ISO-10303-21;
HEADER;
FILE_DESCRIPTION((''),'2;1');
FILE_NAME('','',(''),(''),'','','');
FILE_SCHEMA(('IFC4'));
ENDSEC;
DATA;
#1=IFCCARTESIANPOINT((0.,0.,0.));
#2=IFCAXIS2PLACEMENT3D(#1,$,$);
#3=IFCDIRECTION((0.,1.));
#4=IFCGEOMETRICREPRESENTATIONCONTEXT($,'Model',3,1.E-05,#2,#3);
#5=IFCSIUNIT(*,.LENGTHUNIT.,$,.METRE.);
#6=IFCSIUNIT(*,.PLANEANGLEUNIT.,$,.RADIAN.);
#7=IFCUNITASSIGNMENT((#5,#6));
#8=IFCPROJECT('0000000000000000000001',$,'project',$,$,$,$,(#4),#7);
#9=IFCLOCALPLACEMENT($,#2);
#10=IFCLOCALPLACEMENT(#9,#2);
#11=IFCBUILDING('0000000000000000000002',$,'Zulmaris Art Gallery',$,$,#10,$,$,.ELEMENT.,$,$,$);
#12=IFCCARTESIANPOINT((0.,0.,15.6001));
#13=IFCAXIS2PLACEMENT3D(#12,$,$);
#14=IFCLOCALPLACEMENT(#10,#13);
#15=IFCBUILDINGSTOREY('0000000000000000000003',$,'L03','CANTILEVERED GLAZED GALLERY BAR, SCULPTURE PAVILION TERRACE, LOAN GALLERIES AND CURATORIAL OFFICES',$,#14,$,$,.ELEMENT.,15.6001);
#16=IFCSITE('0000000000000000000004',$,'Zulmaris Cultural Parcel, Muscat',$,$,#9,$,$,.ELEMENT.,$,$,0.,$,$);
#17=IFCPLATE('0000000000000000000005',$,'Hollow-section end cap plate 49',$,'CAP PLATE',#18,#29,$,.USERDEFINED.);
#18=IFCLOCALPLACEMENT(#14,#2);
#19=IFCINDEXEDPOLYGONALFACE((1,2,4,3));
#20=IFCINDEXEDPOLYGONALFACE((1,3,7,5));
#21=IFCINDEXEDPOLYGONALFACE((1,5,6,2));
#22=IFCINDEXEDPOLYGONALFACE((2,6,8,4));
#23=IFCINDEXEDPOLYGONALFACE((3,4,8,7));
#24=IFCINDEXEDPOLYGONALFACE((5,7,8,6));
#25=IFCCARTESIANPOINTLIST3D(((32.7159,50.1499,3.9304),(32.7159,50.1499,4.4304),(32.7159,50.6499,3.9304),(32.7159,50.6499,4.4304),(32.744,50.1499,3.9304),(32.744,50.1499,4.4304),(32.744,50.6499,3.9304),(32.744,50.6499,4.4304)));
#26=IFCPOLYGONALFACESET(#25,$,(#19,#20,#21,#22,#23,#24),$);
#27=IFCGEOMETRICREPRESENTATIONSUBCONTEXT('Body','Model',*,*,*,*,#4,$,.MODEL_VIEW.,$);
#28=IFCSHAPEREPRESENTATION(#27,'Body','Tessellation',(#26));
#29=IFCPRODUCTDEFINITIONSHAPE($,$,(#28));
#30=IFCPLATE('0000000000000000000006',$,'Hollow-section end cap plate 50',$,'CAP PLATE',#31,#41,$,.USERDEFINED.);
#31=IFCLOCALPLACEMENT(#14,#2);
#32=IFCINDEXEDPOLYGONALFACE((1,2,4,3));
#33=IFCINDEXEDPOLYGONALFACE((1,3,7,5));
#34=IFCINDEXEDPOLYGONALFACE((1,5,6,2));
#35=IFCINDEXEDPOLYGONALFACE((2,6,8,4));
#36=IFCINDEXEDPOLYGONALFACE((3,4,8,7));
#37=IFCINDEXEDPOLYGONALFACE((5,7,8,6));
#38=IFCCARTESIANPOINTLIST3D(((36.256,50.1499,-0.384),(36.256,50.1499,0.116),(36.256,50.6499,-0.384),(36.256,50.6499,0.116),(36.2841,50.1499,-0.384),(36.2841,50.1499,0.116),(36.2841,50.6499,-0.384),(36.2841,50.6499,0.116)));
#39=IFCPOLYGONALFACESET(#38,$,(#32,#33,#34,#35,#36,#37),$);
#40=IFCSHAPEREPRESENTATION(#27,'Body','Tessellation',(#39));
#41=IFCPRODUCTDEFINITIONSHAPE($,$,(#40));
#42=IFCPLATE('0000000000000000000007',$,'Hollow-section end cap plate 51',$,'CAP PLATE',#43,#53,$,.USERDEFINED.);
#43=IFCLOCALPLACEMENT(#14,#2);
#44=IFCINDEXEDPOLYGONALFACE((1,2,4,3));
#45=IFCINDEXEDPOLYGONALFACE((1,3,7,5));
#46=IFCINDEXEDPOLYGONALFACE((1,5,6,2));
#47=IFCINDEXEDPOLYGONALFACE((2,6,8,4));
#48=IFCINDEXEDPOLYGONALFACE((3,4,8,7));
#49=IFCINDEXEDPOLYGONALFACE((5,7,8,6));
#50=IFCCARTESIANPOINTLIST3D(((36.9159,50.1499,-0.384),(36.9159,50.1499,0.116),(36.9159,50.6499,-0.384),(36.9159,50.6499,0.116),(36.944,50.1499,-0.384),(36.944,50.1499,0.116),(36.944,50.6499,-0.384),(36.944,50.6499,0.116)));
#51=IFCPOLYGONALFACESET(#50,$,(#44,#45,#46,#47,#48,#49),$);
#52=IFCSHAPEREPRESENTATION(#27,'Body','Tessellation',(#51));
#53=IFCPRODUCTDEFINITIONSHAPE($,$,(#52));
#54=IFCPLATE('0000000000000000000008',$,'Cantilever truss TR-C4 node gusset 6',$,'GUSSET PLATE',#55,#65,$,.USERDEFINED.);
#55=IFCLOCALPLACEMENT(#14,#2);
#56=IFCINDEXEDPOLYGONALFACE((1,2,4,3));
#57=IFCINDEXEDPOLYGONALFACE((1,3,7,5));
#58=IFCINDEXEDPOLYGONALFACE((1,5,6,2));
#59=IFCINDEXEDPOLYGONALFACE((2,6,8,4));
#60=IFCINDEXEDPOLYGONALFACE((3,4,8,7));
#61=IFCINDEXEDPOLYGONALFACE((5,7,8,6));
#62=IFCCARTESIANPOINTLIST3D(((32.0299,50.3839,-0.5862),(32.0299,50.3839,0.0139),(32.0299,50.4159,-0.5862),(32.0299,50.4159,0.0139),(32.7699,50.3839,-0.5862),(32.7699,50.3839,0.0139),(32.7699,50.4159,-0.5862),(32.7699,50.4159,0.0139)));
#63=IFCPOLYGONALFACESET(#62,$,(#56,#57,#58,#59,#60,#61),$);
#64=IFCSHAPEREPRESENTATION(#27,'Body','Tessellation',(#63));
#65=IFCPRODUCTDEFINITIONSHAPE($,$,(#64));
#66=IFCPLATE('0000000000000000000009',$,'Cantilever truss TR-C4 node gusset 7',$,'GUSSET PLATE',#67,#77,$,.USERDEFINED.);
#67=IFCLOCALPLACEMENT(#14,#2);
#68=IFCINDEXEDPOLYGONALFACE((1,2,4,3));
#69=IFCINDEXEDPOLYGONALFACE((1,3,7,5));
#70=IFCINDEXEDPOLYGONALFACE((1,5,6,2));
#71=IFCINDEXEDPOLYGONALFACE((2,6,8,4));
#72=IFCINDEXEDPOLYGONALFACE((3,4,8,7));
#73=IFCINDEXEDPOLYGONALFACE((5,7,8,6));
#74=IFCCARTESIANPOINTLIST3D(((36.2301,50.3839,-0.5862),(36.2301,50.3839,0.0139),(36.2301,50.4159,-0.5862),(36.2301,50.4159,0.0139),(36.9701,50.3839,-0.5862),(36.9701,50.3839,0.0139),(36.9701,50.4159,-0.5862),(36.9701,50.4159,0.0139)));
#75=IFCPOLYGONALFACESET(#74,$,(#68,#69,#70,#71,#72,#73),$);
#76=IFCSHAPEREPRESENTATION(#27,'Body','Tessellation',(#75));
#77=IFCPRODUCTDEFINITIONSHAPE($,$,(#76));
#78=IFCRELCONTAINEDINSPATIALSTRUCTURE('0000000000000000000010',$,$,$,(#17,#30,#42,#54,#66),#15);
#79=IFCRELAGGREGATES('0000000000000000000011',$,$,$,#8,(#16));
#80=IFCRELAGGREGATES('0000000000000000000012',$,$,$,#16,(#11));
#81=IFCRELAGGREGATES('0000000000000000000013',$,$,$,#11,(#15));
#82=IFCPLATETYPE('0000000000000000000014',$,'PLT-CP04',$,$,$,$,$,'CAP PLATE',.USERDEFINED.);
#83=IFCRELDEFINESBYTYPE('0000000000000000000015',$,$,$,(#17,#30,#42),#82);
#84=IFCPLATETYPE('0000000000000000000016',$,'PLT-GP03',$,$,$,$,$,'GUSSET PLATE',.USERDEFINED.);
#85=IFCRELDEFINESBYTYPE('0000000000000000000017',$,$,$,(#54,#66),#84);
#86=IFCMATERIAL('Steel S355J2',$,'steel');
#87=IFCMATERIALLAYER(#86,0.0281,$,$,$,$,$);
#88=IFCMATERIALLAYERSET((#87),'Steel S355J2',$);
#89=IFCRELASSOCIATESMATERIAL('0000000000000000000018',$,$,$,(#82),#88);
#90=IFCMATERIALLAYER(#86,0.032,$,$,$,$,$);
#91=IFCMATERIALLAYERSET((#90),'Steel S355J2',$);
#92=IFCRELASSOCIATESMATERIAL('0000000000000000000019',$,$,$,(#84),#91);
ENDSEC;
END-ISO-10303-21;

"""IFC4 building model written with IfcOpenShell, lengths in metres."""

from ifc_helpers import new_model, si_unit, direction, frame, origin, origin_2d, place, context, subcontext, project, spatial, rectangle, extrude, material, layer, layer_set, type_object, element, save


model = new_model("IFC4")

# Units and contexts
model_context = context("Model", 3, precision=1e-05, world=origin(), true_north=direction((0.0, 1.0)))
body_context = subcontext(model_context, "Body", "Model", "MODEL_VIEW")
ifc_project = project(units=[si_unit("LENGTHUNIT", "METRE"), si_unit("PLANEANGLEUNIT", "RADIAN")], contexts=[model_context])

# Site, building, storey
site_placement = place(None, origin())
site = spatial("IfcSite", under=ifc_project, at=site_placement, Name="Zulmaris Cultural Parcel, Muscat", CompositionType="ELEMENT", RefElevation=0.0)
building_placement = place(site_placement, origin())
building = spatial("IfcBuilding", under=site, at=building_placement, Name="Zulmaris Art Gallery", CompositionType="ELEMENT")
storey_placement = place(building_placement, frame((0.0, 0.0, 15.6001)))
storey = spatial("IfcBuildingStorey", under=building, at=storey_placement, Name="L03", Description="CANTILEVERED GLAZED GALLERY BAR, SCULPTURE PAVILION TERRACE, LOAN GALLERIES AND CURATORIAL OFFICES", CompositionType="ELEMENT", Elevation=15.6001)

# Shared definitions
ifc_material_1 = material(Name="Steel S355J2", Category="steel")

# Plates
ifc_layer_1 = layer(ifc_material_1, 0.0281)
ifc_layer_set_1 = layer_set([ifc_layer_1], Name="Steel S355J2")
plate_type_1 = type_object("IfcPlateType", Name="PLT-CP04", ElementType="CAP PLATE", PredefinedType="USERDEFINED", material=ifc_layer_set_1)
for number, where, z_axis, x_axis, name in (
    (1, (32.73, 50.3999, 3.9304), (0.0, 0.0, 1.0), (1.0, 0.0, 0.0), "Hollow-section end cap plate 49"),
    (2, (36.27, 50.3999, -0.384), (0.0, 0.0, 1.0), (1.0, 0.0, 0.0), "Hollow-section end cap plate 50"),
    (3, (36.9299, 50.3999, -0.384), (0.0, 0.0, 1.0), (1.0, 0.0, 0.0), "Hollow-section end cap plate 51"),
):
    element("IfcPlate", number, at=place(storey_placement, frame(where, z_axis=z_axis, x_axis=x_axis)), inside=storey, type_object=plate_type_1, Name=name, ObjectType="CAP PLATE", PredefinedType="USERDEFINED", context=body_context, shape_type="SweptSolid", body=[
        extrude(rectangle(XDim=0.0281, YDim=0.5, at=origin_2d()), origin(), (0.0, 0.0, 1.0), 0.5),
    ])
ifc_layer_2 = layer(ifc_material_1, 0.032)
ifc_layer_set_2 = layer_set([ifc_layer_2], Name="Steel S355J2")
plate_type_2 = type_object("IfcPlateType", Name="PLT-GP03", ElementType="GUSSET PLATE", PredefinedType="USERDEFINED", material=ifc_layer_set_2)
for number, where, z_axis, x_axis, name in (
    (4, (32.3999, 50.3999, -0.5862), (0.0, 0.0, 1.0), (1.0, 0.0, 0.0), "Cantilever truss TR-C4 node gusset 6"),
    (5, (36.6001, 50.3999, -0.5862), (0.0, 0.0, 1.0), (1.0, 0.0, 0.0), "Cantilever truss TR-C4 node gusset 7"),
):
    element("IfcPlate", number, at=place(storey_placement, frame(where, z_axis=z_axis, x_axis=x_axis)), inside=storey, type_object=plate_type_2, Name=name, ObjectType="GUSSET PLATE", PredefinedType="USERDEFINED", context=body_context, shape_type="SweptSolid", body=[
        extrude(rectangle(XDim=0.74, YDim=0.032, at=origin_2d()), origin(), (0.0, 0.0, 1.0), 0.6001),
    ])

save(model, "model.ifc")
